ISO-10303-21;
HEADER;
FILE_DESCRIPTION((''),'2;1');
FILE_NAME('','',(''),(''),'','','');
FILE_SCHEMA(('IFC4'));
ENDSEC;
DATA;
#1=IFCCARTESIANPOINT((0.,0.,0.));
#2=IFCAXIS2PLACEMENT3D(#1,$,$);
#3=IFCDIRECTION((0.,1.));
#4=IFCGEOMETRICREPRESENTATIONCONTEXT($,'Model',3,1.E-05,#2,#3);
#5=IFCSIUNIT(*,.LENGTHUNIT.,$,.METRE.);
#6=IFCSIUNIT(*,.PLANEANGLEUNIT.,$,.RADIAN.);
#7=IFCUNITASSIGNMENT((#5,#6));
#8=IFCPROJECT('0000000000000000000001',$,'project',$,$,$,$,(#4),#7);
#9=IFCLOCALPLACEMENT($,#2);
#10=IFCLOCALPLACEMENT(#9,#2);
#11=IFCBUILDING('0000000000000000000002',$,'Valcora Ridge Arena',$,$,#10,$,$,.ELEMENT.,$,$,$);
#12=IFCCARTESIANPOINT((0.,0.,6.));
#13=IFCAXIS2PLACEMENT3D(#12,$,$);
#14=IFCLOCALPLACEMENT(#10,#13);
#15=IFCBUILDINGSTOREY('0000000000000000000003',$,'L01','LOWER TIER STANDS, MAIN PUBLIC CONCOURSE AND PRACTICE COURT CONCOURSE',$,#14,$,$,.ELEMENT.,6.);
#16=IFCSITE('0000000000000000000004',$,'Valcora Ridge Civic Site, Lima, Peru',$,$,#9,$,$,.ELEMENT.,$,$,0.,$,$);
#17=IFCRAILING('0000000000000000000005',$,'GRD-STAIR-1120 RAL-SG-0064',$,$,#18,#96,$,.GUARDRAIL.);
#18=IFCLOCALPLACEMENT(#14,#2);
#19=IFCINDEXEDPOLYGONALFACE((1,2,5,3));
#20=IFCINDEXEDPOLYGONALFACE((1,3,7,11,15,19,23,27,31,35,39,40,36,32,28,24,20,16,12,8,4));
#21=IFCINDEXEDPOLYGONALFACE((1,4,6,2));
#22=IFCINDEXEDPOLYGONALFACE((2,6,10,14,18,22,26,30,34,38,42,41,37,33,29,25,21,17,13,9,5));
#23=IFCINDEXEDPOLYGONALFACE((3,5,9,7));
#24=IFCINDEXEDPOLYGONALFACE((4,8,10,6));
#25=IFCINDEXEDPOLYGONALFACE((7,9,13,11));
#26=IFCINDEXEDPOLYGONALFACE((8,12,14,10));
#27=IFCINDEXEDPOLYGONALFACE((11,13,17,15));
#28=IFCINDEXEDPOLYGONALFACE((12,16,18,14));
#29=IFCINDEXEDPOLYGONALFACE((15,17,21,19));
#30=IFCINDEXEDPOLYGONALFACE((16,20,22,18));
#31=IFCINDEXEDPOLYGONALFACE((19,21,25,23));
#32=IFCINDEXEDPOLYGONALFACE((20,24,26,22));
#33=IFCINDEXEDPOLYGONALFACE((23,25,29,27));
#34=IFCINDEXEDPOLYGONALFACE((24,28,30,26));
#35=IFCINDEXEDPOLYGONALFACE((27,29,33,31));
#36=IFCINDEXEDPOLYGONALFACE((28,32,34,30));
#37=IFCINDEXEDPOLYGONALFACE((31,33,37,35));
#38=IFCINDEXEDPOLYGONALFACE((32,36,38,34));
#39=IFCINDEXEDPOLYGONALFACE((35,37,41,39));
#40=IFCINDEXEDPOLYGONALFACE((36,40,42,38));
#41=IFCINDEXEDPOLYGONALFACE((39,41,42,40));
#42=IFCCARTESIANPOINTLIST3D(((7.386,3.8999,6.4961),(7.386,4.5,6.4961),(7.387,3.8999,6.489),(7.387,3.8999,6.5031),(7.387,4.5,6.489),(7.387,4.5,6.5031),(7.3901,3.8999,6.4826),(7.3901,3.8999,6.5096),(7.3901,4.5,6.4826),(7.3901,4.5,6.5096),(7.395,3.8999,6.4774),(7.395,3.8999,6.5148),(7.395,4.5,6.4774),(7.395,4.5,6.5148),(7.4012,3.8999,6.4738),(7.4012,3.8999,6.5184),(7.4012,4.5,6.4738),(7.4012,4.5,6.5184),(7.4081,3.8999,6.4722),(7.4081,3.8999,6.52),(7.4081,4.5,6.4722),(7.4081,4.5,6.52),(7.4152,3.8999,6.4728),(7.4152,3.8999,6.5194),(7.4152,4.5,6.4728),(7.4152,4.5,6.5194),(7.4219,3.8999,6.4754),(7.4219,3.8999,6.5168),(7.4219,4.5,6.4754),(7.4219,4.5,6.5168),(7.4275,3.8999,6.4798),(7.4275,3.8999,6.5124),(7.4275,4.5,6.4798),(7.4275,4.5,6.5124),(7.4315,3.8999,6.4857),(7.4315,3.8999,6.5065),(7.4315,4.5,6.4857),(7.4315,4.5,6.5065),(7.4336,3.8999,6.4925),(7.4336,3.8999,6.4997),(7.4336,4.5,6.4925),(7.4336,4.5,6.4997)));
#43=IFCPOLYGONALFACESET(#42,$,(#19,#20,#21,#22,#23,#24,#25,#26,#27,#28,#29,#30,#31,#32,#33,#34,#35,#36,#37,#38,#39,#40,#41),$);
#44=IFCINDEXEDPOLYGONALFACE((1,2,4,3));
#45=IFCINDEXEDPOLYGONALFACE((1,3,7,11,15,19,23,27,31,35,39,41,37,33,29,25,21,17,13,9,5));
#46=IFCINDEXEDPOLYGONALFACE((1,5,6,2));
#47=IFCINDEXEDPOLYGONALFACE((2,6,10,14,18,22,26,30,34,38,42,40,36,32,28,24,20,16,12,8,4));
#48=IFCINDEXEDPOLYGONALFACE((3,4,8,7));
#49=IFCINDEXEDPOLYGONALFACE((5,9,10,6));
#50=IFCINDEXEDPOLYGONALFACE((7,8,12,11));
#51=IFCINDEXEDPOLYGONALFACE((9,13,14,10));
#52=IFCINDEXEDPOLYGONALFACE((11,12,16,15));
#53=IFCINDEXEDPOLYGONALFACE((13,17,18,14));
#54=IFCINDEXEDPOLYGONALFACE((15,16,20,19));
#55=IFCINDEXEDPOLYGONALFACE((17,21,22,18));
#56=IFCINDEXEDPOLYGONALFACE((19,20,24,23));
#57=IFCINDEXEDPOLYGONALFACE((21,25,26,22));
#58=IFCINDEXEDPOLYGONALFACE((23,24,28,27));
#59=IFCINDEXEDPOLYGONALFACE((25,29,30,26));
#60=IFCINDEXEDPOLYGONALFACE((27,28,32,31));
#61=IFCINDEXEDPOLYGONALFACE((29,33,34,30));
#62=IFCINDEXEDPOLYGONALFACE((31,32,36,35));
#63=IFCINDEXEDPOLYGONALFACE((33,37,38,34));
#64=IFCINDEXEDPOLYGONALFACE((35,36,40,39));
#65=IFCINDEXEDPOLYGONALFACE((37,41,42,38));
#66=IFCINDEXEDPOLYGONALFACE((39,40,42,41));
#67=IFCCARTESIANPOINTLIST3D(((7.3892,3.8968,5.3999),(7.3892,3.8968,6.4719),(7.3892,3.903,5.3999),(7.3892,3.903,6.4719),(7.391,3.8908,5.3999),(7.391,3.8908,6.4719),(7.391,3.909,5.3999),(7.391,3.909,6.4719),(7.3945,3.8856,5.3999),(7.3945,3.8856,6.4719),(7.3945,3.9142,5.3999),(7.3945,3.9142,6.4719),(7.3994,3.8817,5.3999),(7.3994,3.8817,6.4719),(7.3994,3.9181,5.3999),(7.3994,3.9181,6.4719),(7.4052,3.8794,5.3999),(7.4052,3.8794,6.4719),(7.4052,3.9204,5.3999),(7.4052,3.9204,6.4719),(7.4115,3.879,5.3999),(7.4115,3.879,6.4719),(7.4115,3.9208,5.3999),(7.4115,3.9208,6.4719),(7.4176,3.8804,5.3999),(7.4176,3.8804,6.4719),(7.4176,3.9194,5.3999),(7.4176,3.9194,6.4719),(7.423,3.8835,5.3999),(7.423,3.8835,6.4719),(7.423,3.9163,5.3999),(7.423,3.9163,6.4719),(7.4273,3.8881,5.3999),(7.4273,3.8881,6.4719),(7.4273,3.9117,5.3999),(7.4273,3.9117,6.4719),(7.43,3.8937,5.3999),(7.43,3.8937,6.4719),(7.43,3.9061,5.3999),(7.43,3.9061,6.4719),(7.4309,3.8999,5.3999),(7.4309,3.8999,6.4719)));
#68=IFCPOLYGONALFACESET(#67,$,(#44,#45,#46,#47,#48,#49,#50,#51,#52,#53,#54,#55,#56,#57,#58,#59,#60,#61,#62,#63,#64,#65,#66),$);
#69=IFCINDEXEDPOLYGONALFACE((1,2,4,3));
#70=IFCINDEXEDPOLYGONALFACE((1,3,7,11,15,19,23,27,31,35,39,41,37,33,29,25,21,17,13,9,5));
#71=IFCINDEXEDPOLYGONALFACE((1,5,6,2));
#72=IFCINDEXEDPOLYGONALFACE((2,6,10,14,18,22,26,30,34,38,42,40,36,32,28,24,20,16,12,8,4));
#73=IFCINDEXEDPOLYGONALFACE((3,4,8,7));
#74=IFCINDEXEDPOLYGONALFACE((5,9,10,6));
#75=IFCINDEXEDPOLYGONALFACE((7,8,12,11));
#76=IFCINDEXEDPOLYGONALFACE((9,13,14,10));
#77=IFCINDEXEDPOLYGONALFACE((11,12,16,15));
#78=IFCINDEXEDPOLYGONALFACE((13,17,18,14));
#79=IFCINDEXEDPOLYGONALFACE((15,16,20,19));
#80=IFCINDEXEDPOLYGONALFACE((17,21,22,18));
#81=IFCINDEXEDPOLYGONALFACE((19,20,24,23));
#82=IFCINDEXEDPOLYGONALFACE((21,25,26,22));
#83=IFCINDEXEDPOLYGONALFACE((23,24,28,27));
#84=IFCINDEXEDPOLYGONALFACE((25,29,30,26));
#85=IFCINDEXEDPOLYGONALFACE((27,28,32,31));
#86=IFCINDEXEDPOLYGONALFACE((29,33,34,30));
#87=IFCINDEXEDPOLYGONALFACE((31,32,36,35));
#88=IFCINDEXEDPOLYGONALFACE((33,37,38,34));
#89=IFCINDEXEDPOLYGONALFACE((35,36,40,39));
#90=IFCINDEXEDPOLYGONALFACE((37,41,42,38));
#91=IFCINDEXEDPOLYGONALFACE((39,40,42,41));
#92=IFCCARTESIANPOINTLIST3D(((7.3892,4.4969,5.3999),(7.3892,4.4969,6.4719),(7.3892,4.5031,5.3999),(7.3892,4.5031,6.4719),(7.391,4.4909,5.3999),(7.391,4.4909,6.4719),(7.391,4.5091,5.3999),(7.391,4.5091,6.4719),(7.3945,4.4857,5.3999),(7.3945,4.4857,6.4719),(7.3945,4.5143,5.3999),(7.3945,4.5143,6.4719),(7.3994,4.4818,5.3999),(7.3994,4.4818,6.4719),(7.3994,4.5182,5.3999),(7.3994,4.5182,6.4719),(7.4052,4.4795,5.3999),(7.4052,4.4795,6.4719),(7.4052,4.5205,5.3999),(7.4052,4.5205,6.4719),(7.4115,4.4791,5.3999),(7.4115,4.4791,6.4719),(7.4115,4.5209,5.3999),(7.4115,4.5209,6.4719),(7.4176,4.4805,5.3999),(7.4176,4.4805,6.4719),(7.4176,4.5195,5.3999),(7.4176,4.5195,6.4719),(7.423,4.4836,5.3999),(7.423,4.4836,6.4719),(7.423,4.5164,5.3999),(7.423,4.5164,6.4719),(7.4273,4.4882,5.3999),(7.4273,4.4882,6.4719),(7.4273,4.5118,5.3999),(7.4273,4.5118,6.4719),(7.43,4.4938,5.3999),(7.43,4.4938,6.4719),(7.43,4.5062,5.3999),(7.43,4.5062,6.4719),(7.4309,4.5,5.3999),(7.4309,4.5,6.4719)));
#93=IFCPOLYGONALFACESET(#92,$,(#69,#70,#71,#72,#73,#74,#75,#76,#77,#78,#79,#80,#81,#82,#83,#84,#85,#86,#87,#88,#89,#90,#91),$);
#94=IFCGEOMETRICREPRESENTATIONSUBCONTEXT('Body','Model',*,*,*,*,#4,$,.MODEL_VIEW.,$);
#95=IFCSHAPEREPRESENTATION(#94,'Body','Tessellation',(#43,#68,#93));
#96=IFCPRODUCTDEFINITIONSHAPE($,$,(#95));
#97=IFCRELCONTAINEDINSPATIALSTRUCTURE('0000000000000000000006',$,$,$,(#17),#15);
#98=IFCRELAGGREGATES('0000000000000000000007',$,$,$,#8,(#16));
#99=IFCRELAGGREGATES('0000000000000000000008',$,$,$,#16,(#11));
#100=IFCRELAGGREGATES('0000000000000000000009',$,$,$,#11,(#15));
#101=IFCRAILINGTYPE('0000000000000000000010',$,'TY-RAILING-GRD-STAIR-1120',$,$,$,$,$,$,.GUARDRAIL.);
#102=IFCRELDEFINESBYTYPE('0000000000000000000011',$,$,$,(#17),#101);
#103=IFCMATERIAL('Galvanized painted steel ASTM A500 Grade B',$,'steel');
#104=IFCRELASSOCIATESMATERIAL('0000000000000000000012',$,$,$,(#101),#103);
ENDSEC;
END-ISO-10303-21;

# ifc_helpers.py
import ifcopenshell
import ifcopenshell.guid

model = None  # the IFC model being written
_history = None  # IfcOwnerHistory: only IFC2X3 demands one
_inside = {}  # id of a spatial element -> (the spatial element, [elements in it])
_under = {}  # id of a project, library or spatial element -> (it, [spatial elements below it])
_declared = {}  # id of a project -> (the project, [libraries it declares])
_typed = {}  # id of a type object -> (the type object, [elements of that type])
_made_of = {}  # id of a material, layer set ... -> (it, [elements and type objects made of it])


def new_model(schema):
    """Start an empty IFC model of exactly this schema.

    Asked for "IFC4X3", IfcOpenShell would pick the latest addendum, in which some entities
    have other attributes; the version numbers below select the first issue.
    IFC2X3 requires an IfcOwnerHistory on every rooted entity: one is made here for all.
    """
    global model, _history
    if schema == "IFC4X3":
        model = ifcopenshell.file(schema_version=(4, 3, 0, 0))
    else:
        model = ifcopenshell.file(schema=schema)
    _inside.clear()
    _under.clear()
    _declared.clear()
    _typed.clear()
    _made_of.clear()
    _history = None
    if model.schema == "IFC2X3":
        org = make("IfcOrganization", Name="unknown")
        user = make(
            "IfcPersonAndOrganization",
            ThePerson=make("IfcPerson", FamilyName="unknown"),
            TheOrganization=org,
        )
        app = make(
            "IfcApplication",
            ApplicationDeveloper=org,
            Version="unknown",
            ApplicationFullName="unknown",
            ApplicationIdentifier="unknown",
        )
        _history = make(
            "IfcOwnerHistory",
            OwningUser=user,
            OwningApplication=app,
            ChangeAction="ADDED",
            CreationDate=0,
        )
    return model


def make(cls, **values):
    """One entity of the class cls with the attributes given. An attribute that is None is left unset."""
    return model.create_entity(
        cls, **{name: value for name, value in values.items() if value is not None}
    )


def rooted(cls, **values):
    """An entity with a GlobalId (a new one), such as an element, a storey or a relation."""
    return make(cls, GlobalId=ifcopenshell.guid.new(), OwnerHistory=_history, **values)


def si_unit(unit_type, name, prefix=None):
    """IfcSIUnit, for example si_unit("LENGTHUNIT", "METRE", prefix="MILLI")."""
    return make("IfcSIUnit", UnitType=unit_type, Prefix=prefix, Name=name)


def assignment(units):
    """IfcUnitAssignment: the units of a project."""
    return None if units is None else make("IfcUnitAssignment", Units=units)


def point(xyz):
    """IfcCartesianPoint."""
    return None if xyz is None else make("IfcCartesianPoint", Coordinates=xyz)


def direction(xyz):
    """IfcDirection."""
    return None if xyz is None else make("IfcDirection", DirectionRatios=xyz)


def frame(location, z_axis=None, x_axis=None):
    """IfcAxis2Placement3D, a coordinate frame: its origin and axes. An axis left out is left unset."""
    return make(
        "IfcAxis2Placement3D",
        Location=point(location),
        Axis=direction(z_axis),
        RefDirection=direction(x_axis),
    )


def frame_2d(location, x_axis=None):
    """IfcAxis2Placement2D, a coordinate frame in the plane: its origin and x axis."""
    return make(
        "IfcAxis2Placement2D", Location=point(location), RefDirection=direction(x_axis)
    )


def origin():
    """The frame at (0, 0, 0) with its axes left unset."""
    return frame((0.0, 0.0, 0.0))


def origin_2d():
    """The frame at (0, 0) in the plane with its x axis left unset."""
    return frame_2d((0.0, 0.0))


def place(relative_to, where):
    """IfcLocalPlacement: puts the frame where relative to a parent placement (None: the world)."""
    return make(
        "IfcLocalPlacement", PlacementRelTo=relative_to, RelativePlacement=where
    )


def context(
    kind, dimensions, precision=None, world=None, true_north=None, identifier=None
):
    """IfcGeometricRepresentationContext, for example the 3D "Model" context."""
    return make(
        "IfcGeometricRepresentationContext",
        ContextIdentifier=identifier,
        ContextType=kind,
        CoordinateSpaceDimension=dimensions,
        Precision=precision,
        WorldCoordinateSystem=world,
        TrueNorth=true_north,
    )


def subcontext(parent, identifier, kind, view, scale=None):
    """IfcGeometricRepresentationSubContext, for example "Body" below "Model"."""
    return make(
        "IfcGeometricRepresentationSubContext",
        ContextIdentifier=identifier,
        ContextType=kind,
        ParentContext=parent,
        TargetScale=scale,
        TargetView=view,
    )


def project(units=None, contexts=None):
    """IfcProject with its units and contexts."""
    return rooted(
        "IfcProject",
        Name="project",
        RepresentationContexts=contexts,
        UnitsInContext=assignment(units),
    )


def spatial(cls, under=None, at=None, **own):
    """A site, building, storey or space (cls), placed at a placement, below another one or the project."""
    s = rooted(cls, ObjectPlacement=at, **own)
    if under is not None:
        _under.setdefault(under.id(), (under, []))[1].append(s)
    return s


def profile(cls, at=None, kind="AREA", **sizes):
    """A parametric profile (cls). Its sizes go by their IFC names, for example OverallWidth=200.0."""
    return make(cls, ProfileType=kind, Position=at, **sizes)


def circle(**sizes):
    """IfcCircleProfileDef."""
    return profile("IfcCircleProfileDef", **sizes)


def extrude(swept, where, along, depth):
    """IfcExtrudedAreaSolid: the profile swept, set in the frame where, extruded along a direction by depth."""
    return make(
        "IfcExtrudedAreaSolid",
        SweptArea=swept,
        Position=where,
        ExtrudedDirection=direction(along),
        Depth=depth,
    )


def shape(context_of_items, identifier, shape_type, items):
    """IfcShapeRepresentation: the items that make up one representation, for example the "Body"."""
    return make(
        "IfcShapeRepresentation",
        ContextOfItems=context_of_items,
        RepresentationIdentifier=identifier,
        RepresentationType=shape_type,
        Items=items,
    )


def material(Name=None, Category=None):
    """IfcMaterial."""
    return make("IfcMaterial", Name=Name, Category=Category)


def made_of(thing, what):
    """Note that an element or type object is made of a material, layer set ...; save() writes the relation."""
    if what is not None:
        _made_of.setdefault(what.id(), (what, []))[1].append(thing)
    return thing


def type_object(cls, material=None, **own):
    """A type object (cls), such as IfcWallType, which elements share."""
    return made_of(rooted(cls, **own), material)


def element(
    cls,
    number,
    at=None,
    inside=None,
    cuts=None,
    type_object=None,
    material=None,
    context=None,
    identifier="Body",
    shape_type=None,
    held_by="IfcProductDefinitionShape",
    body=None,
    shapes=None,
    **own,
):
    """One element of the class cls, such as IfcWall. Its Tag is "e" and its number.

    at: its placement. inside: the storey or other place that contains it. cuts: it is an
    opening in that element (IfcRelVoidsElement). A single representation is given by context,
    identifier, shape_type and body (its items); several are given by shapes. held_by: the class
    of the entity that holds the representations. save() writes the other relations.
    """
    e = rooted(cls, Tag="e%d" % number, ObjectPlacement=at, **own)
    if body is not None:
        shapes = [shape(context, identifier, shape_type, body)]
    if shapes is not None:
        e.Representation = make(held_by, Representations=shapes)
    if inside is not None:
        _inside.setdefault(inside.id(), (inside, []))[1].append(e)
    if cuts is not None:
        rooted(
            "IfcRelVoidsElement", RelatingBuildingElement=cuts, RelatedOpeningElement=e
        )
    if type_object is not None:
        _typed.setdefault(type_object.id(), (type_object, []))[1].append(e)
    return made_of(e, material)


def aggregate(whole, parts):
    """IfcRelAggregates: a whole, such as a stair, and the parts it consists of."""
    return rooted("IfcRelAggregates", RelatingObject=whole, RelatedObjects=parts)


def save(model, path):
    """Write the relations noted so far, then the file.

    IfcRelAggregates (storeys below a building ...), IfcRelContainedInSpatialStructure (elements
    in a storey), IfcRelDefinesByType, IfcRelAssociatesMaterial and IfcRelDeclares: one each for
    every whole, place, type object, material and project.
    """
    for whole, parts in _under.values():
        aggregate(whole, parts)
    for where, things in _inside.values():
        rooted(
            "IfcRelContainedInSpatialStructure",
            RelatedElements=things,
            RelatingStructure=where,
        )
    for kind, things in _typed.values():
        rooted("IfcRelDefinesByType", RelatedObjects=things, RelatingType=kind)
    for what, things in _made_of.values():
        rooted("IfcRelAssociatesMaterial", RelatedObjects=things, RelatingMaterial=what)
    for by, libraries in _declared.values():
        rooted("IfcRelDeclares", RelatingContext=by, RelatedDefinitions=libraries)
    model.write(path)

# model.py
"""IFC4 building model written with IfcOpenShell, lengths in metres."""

from ifc_helpers import new_model, si_unit, direction, frame, origin, origin_2d, place, context, subcontext, project, spatial, circle, extrude, material, type_object, element, save


model = new_model("IFC4")

# Units and contexts
model_context = context("Model", 3, precision=1e-05, world=origin(), true_north=direction((0.0, 1.0)))
body_context = subcontext(model_context, "Body", "Model", "MODEL_VIEW")
ifc_project = project(units=[si_unit("LENGTHUNIT", "METRE"), si_unit("PLANEANGLEUNIT", "RADIAN")], contexts=[model_context])

# Site, building, storey
site_placement = place(None, origin())
site = spatial("IfcSite", under=ifc_project, at=site_placement, Name="Valcora Ridge Civic Site, Lima, Peru", CompositionType="ELEMENT", RefElevation=0.0)
building_placement = place(site_placement, origin())
building = spatial("IfcBuilding", under=site, at=building_placement, Name="Valcora Ridge Arena", CompositionType="ELEMENT")
storey_placement = place(building_placement, frame((0.0, 0.0, 6.0)))
storey = spatial("IfcBuildingStorey", under=building, at=storey_placement, Name="L01", Description="LOWER TIER STANDS, MAIN PUBLIC CONCOURSE AND PRACTICE COURT CONCOURSE", CompositionType="ELEMENT", Elevation=6.0)

# Railing
ifc_material_1 = material(Name="Galvanized painted steel ASTM A500 Grade B", Category="steel")
railing_type_1 = type_object("IfcRailingType", Name="TY-RAILING-GRD-STAIR-1120", PredefinedType="GUARDRAIL", material=ifc_material_1)
railing_1_placement = place(storey_placement, frame((7.4099, 3.8999, 5.3999)))
element("IfcRailing", 1, at=railing_1_placement, inside=storey, type_object=railing_type_1, Name="GRD-STAIR-1120 RAL-SG-0064", PredefinedType="GUARDRAIL", context=body_context, shape_type="SweptSolid", body=[
    extrude(circle(Radius=0.0239, at=origin_2d()), frame((0.0, 0.0, 1.0962), z_axis=(0.0, 1.0, 0.0), x_axis=(-1.0, 0.0, 0.0)), (0.0, 0.0, 1.0), 0.6001),
    extrude(circle(Radius=0.021, at=origin_2d()), origin(), (0.0, 0.0, 1.0), 1.072),
    extrude(circle(Radius=0.021, at=origin_2d()), frame((0.0, 0.6001, 0.0)), (0.0, 0.0, 1.0), 1.072),
])

save(model, "model.ifc")
